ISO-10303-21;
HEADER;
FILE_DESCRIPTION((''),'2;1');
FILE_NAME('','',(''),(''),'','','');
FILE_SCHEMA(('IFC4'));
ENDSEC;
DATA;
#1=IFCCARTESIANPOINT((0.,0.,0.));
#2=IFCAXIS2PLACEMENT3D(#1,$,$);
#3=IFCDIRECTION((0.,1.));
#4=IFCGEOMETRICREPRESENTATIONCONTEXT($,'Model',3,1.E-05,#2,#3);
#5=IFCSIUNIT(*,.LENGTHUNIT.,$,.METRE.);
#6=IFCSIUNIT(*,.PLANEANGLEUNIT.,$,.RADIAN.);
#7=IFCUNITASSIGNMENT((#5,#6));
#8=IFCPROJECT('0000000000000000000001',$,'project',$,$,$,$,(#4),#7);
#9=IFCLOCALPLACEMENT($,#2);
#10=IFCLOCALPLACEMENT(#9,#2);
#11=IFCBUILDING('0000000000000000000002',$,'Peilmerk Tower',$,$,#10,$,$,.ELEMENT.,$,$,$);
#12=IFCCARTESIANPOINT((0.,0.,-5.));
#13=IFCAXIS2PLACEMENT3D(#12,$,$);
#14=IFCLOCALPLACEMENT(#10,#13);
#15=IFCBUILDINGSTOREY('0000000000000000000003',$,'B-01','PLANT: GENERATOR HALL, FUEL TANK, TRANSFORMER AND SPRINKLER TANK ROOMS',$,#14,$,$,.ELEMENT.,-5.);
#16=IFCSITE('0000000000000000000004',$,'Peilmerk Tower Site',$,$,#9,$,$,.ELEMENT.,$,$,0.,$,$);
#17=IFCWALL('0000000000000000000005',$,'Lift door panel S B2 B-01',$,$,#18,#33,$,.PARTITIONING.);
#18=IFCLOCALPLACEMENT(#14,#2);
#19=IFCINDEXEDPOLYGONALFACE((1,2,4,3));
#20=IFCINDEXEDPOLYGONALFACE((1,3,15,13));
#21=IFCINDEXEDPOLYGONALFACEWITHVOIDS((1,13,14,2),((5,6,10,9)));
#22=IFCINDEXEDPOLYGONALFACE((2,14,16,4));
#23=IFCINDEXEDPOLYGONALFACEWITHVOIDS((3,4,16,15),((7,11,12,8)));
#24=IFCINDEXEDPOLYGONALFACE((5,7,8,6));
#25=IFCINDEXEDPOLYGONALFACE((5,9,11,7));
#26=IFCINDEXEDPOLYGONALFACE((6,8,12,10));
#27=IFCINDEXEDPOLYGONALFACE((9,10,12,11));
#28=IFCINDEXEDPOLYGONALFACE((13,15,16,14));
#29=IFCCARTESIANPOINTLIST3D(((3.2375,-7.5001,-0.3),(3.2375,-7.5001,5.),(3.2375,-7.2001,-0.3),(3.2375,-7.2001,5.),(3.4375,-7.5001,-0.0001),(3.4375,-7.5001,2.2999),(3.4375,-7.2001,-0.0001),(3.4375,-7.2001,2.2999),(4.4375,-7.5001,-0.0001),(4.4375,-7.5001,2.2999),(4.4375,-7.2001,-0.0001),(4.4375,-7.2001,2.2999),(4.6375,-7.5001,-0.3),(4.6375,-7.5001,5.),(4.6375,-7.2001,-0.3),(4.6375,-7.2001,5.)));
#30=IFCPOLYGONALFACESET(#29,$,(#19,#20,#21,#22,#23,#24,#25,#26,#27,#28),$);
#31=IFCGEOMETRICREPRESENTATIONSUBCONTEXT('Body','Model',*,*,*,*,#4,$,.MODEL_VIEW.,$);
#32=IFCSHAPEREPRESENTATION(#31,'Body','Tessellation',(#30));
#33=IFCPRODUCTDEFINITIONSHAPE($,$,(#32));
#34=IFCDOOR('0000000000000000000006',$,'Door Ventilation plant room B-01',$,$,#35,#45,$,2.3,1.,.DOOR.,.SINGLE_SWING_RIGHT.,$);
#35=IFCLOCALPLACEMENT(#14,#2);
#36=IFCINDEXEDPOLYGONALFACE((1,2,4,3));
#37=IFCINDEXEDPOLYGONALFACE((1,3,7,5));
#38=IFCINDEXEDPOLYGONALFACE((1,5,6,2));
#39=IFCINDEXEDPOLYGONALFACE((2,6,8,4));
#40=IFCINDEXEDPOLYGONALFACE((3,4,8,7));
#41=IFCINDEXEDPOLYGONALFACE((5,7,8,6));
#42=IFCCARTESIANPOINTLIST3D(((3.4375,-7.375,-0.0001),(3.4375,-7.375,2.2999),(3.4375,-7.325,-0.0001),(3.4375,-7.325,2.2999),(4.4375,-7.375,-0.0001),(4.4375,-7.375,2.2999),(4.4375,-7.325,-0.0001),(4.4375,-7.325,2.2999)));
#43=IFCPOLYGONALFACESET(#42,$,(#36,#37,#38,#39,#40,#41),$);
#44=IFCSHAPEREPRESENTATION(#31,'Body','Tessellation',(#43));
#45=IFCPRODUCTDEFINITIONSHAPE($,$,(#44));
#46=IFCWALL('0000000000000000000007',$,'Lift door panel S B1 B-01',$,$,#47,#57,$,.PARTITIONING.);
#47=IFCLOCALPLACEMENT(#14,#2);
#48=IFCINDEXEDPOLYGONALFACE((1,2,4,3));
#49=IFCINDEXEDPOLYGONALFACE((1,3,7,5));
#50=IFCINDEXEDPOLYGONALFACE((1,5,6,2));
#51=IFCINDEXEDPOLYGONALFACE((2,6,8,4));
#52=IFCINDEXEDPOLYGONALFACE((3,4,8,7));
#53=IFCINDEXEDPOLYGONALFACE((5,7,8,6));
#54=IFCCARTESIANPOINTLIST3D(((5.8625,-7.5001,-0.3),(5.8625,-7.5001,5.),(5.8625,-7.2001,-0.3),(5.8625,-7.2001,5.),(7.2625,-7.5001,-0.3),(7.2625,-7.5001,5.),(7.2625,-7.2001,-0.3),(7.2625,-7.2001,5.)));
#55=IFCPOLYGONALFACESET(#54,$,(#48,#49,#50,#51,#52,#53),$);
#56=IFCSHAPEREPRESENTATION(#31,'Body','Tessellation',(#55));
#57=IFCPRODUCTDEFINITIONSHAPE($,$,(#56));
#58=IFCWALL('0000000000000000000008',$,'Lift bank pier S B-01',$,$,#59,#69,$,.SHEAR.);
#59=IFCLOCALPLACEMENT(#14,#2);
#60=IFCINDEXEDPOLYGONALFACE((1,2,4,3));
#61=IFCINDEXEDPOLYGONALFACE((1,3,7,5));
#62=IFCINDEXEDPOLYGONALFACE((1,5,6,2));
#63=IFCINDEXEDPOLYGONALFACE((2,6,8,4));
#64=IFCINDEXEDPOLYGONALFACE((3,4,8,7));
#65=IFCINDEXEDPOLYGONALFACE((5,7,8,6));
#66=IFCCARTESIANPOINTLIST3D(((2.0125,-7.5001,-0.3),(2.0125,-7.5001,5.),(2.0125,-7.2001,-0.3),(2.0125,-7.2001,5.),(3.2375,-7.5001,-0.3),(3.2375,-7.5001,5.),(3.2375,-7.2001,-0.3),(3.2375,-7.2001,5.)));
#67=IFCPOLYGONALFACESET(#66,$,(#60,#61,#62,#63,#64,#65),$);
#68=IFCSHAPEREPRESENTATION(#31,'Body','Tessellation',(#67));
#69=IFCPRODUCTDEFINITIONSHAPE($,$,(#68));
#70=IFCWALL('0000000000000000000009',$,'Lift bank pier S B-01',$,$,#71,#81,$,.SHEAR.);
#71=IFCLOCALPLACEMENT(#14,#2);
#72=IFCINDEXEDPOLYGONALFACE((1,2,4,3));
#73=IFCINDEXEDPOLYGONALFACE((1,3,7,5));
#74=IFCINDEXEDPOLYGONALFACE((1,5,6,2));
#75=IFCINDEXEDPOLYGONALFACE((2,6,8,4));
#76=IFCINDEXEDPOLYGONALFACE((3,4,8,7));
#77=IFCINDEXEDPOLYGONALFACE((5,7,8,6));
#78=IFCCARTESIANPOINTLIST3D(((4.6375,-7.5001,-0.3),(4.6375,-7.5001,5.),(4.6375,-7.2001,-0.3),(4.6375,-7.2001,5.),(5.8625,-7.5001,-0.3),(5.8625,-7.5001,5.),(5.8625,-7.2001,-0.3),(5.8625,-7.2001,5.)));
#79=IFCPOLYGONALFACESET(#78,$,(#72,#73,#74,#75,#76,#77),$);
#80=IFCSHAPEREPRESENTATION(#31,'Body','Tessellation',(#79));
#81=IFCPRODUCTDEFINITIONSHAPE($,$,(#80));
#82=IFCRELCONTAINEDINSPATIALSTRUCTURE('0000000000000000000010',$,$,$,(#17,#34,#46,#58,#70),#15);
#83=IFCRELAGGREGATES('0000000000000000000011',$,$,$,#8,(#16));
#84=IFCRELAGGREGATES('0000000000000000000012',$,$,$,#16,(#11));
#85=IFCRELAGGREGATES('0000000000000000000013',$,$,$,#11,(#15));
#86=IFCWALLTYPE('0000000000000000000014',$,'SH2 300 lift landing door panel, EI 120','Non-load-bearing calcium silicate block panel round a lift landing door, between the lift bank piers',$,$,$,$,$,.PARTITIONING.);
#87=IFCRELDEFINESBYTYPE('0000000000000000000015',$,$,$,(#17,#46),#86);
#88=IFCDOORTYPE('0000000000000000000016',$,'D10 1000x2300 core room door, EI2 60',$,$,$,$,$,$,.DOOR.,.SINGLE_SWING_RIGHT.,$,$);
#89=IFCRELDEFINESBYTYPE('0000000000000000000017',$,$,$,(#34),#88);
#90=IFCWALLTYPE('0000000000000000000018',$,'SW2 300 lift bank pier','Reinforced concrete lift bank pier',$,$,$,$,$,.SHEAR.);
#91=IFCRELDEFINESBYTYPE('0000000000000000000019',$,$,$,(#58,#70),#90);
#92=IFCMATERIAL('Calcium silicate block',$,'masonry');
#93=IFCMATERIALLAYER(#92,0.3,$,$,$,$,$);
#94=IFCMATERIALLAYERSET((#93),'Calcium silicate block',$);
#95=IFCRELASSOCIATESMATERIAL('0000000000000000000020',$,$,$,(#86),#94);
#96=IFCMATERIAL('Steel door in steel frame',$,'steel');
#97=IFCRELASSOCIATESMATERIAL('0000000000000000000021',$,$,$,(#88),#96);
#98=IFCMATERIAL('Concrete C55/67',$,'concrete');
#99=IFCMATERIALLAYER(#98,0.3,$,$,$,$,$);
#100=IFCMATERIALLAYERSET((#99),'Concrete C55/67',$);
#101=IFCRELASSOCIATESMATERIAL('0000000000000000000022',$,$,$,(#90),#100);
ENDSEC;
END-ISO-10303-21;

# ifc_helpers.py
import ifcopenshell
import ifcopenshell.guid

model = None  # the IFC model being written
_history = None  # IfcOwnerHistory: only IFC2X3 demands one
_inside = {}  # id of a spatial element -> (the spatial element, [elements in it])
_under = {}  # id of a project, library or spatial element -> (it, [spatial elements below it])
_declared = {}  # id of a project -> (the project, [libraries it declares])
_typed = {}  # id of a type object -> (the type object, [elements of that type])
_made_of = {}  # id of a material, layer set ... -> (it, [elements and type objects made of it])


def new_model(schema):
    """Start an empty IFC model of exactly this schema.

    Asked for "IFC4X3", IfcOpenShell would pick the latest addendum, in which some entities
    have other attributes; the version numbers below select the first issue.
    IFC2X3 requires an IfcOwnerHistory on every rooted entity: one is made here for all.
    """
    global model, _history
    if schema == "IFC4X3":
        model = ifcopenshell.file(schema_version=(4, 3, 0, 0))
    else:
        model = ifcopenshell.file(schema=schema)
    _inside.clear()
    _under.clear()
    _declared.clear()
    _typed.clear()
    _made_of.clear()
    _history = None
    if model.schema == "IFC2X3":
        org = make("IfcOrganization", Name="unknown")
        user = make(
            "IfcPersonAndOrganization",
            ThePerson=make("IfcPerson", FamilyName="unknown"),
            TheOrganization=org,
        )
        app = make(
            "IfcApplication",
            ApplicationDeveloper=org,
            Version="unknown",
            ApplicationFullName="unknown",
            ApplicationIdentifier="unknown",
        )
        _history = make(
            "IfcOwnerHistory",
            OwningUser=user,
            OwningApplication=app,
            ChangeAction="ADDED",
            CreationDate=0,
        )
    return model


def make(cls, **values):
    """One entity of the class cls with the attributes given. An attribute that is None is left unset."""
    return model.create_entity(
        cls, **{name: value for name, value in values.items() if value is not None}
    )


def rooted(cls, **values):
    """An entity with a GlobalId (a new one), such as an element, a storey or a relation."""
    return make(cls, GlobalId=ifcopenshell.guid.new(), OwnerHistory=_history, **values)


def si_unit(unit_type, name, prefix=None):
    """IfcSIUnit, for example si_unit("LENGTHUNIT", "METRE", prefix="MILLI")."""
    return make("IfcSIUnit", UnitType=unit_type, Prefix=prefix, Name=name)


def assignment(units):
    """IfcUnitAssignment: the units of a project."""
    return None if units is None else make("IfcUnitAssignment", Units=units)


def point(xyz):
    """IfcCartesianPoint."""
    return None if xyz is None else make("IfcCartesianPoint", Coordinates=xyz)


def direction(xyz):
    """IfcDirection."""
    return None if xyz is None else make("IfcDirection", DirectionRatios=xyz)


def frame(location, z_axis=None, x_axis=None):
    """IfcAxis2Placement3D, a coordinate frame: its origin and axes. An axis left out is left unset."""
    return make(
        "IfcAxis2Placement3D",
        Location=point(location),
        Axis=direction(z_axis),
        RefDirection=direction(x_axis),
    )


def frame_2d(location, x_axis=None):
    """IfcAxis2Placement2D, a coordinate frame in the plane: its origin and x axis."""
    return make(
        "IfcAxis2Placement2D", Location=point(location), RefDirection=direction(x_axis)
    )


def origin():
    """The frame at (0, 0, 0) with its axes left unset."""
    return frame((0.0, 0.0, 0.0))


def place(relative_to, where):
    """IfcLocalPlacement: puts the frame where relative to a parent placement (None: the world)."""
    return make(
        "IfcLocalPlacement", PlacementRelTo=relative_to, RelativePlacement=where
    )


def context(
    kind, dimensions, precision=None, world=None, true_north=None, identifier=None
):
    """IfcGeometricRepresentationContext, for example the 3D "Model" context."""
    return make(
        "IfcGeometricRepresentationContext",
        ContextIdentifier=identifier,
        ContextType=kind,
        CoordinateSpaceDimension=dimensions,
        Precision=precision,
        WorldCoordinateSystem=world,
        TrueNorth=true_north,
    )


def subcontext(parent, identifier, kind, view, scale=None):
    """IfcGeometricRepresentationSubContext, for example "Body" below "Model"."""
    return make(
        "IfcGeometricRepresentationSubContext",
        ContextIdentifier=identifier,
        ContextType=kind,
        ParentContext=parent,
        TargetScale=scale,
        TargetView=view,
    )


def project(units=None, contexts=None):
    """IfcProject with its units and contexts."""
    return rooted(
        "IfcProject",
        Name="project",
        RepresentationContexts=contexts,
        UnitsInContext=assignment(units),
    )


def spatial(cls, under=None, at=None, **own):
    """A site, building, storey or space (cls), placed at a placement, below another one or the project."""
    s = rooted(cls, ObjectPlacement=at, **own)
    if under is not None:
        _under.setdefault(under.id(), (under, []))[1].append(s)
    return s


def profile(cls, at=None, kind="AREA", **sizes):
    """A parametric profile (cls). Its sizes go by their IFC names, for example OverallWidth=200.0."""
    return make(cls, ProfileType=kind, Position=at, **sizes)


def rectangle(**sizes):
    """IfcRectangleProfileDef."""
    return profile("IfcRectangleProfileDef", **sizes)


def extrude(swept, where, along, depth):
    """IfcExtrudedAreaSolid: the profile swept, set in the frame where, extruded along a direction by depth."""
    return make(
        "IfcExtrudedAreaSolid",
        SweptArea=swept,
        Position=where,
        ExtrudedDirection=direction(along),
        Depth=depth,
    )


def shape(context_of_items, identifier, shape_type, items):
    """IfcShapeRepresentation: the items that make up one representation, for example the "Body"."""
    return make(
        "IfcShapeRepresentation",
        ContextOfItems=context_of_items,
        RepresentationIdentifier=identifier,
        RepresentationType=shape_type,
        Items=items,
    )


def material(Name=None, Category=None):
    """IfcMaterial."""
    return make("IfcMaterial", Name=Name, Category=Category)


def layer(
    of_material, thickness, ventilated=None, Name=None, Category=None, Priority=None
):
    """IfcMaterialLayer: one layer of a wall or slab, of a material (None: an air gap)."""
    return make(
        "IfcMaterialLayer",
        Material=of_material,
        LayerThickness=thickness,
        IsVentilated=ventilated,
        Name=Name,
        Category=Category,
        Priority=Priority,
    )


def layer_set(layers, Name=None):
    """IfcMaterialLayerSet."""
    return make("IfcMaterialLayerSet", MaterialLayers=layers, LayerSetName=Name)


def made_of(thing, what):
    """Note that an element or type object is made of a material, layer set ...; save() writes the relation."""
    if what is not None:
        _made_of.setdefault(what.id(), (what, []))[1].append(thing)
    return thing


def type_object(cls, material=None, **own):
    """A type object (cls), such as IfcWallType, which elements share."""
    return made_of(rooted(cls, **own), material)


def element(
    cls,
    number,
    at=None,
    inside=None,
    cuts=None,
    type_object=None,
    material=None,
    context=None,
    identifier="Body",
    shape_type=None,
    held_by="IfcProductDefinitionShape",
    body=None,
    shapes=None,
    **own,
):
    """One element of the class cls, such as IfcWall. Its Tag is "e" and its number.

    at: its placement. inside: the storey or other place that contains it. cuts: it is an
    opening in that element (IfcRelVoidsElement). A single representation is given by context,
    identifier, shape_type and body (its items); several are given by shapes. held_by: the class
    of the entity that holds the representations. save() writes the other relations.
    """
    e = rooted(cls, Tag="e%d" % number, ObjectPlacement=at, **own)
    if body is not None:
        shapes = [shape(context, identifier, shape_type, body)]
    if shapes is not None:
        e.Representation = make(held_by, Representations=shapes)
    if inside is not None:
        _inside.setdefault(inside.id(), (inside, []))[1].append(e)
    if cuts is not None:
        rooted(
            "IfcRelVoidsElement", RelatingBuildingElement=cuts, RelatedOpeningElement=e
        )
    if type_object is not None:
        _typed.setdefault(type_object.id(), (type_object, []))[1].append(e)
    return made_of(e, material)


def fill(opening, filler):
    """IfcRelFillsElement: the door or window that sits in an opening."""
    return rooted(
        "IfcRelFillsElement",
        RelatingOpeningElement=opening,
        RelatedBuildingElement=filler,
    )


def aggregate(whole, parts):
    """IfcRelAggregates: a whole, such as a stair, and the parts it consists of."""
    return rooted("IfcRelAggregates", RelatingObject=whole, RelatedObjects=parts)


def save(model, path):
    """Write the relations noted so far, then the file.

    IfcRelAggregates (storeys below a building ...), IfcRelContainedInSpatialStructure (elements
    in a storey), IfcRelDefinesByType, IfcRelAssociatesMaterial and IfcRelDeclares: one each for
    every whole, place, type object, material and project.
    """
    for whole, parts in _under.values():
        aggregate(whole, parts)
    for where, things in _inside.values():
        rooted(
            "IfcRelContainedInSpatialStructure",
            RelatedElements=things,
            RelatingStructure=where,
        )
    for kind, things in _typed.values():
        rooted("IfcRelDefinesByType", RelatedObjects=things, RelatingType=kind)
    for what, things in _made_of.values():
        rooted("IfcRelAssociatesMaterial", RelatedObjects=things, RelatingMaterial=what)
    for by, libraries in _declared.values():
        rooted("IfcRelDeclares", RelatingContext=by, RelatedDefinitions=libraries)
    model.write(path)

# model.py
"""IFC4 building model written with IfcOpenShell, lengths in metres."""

from ifc_helpers import new_model, si_unit, direction, frame, frame_2d, origin, place, context, subcontext, project, spatial, rectangle, extrude, material, layer, layer_set, type_object, element, fill, save


model = new_model("IFC4")

# Units and contexts
model_context = context("Model", 3, precision=1e-05, world=origin(), true_north=direction((0.0, 1.0)))
body_context = subcontext(model_context, "Body", "Model", "MODEL_VIEW")
ifc_project = project(units=[si_unit("LENGTHUNIT", "METRE"), si_unit("PLANEANGLEUNIT", "RADIAN")], contexts=[model_context])

# Site, building, storey
site_placement = place(None, origin())
site = spatial("IfcSite", under=ifc_project, at=site_placement, Name="Peilmerk Tower Site", CompositionType="ELEMENT", RefElevation=0.0)
building_placement = place(site_placement, origin())
building = spatial("IfcBuilding", under=site, at=building_placement, Name="Peilmerk Tower", CompositionType="ELEMENT")
storey_placement = place(building_placement, frame((0.0, 0.0, -5.0)))
storey = spatial("IfcBuildingStorey", under=building, at=storey_placement, Name="B-01", Description="PLANT: GENERATOR HALL, FUEL TANK, TRANSFORMER AND SPRINKLER TANK ROOMS", CompositionType="ELEMENT", Elevation=-5.0)

# Shared definitions
ifc_material_1 = material(Name="Steel door in steel frame", Category="steel")

# Shared definitions
ifc_material_2 = material(Name="Calcium silicate block", Category="masonry")
ifc_layer_1 = layer(ifc_material_2, 0.3)
ifc_layer_set_1 = layer_set([ifc_layer_1], Name="Calcium silicate block")
wall_type_1 = type_object("IfcWallType", Name="SH2 300 lift landing door panel, EI 120", Description="Non-load-bearing calcium silicate block panel round a lift landing door, between the lift bank piers", PredefinedType="PARTITIONING", material=ifc_layer_set_1)

# Wall, opening, door
wall_1_placement = place(storey_placement, frame((3.2375, -7.3501, -0.3), z_axis=(0.0, 0.0, 1.0), x_axis=(1.0, 0.0, 0.0)))
wall_1 = element("IfcWall", 1, at=wall_1_placement, inside=storey, type_object=wall_type_1, Name="Lift door panel S B2 B-01", PredefinedType="PARTITIONING", context=body_context, shape_type="SweptSolid", body=[
    extrude(rectangle(XDim=1.3999, YDim=0.3, at=frame_2d((0.7, 0.0))), origin(), (0.0, 0.0, 1.0), 5.3),
])
opening_1_placement = place(wall_1_placement, frame((0.2, 0.0, 0.3)))
opening_1 = element("IfcOpeningElement", 2, at=opening_1_placement, cuts=wall_1, PredefinedType="OPENING", context=body_context, shape_type="SweptSolid", body=[
    extrude(rectangle(XDim=1.0, YDim=2.3, at=frame_2d((0.5, 1.1499))), frame((0.0, 0.1599, 0.0), z_axis=(0.0, -1.0, 0.0), x_axis=(1.0, 0.0, 0.0)), (0.0, 0.0, 1.0), 0.3201),
])
door_type_1 = type_object("IfcDoorType", Name="D10 1000x2300 core room door, EI2 60", OperationType="SINGLE_SWING_RIGHT", PredefinedType="DOOR", material=ifc_material_1)
door_1_placement = place(opening_1_placement, frame((1.0, 0.0, 0.0), z_axis=(0.0, 0.0, 1.0), x_axis=(-1.0, 0.0, 0.0)))
door_1 = element("IfcDoor", 3, at=door_1_placement, inside=storey, type_object=door_type_1, Name="Door Ventilation plant room B-01", OperationType="SINGLE_SWING_RIGHT", OverallHeight=2.3, OverallWidth=1.0, PredefinedType="DOOR", context=body_context, shape_type="SweptSolid", body=[
    extrude(rectangle(XDim=1.0, YDim=2.3, at=frame_2d((0.5, 1.1499))), frame((0.0, 0.0249, 0.0), z_axis=(0.0, -1.0, 0.0), x_axis=(1.0, 0.0, 0.0)), (0.0, 0.0, 1.0), 0.05),
])
fill(opening_1, door_1)

# Walls
wall_2_placement = place(storey_placement, frame((5.8625, -7.3501, -0.3), z_axis=(0.0, 0.0, 1.0), x_axis=(1.0, 0.0, 0.0)))
element("IfcWall", 4, at=wall_2_placement, inside=storey, type_object=wall_type_1, Name="Lift door panel S B1 B-01", PredefinedType="PARTITIONING", context=body_context, shape_type="SweptSolid", body=[
    extrude(rectangle(XDim=1.3999, YDim=0.3, at=frame_2d((0.7, 0.0))), origin(), (0.0, 0.0, 1.0), 5.3),
])
ifc_material_3 = material(Name="Concrete C55/67", Category="concrete")
ifc_layer_2 = layer(ifc_material_3, 0.3)
ifc_layer_set_2 = layer_set([ifc_layer_2], Name="Concrete C55/67")
wall_type_2 = type_object("IfcWallType", Name="SW2 300 lift bank pier", Description="Reinforced concrete lift bank pier", PredefinedType="SHEAR", material=ifc_layer_set_2)
for number, where, z_axis, x_axis, name in (
    (5, (2.0125, -7.3501, -0.3), (0.0, 0.0, 1.0), (1.0, 0.0, 0.0), "Lift bank pier S B-01"),
    (6, (4.6375, -7.3501, -0.3), (0.0, 0.0, 1.0), (1.0, 0.0, 0.0), "Lift bank pier S B-01"),
):
    element("IfcWall", number, at=place(storey_placement, frame(where, z_axis=z_axis, x_axis=x_axis)), inside=storey, type_object=wall_type_2, Name=name, PredefinedType="SHEAR", context=body_context, shape_type="SweptSolid", body=[
        extrude(rectangle(XDim=1.2251, YDim=0.3, at=frame_2d((0.6125, 0.0))), origin(), (0.0, 0.0, 1.0), 5.3),
    ])

save(model, "model.ifc")
